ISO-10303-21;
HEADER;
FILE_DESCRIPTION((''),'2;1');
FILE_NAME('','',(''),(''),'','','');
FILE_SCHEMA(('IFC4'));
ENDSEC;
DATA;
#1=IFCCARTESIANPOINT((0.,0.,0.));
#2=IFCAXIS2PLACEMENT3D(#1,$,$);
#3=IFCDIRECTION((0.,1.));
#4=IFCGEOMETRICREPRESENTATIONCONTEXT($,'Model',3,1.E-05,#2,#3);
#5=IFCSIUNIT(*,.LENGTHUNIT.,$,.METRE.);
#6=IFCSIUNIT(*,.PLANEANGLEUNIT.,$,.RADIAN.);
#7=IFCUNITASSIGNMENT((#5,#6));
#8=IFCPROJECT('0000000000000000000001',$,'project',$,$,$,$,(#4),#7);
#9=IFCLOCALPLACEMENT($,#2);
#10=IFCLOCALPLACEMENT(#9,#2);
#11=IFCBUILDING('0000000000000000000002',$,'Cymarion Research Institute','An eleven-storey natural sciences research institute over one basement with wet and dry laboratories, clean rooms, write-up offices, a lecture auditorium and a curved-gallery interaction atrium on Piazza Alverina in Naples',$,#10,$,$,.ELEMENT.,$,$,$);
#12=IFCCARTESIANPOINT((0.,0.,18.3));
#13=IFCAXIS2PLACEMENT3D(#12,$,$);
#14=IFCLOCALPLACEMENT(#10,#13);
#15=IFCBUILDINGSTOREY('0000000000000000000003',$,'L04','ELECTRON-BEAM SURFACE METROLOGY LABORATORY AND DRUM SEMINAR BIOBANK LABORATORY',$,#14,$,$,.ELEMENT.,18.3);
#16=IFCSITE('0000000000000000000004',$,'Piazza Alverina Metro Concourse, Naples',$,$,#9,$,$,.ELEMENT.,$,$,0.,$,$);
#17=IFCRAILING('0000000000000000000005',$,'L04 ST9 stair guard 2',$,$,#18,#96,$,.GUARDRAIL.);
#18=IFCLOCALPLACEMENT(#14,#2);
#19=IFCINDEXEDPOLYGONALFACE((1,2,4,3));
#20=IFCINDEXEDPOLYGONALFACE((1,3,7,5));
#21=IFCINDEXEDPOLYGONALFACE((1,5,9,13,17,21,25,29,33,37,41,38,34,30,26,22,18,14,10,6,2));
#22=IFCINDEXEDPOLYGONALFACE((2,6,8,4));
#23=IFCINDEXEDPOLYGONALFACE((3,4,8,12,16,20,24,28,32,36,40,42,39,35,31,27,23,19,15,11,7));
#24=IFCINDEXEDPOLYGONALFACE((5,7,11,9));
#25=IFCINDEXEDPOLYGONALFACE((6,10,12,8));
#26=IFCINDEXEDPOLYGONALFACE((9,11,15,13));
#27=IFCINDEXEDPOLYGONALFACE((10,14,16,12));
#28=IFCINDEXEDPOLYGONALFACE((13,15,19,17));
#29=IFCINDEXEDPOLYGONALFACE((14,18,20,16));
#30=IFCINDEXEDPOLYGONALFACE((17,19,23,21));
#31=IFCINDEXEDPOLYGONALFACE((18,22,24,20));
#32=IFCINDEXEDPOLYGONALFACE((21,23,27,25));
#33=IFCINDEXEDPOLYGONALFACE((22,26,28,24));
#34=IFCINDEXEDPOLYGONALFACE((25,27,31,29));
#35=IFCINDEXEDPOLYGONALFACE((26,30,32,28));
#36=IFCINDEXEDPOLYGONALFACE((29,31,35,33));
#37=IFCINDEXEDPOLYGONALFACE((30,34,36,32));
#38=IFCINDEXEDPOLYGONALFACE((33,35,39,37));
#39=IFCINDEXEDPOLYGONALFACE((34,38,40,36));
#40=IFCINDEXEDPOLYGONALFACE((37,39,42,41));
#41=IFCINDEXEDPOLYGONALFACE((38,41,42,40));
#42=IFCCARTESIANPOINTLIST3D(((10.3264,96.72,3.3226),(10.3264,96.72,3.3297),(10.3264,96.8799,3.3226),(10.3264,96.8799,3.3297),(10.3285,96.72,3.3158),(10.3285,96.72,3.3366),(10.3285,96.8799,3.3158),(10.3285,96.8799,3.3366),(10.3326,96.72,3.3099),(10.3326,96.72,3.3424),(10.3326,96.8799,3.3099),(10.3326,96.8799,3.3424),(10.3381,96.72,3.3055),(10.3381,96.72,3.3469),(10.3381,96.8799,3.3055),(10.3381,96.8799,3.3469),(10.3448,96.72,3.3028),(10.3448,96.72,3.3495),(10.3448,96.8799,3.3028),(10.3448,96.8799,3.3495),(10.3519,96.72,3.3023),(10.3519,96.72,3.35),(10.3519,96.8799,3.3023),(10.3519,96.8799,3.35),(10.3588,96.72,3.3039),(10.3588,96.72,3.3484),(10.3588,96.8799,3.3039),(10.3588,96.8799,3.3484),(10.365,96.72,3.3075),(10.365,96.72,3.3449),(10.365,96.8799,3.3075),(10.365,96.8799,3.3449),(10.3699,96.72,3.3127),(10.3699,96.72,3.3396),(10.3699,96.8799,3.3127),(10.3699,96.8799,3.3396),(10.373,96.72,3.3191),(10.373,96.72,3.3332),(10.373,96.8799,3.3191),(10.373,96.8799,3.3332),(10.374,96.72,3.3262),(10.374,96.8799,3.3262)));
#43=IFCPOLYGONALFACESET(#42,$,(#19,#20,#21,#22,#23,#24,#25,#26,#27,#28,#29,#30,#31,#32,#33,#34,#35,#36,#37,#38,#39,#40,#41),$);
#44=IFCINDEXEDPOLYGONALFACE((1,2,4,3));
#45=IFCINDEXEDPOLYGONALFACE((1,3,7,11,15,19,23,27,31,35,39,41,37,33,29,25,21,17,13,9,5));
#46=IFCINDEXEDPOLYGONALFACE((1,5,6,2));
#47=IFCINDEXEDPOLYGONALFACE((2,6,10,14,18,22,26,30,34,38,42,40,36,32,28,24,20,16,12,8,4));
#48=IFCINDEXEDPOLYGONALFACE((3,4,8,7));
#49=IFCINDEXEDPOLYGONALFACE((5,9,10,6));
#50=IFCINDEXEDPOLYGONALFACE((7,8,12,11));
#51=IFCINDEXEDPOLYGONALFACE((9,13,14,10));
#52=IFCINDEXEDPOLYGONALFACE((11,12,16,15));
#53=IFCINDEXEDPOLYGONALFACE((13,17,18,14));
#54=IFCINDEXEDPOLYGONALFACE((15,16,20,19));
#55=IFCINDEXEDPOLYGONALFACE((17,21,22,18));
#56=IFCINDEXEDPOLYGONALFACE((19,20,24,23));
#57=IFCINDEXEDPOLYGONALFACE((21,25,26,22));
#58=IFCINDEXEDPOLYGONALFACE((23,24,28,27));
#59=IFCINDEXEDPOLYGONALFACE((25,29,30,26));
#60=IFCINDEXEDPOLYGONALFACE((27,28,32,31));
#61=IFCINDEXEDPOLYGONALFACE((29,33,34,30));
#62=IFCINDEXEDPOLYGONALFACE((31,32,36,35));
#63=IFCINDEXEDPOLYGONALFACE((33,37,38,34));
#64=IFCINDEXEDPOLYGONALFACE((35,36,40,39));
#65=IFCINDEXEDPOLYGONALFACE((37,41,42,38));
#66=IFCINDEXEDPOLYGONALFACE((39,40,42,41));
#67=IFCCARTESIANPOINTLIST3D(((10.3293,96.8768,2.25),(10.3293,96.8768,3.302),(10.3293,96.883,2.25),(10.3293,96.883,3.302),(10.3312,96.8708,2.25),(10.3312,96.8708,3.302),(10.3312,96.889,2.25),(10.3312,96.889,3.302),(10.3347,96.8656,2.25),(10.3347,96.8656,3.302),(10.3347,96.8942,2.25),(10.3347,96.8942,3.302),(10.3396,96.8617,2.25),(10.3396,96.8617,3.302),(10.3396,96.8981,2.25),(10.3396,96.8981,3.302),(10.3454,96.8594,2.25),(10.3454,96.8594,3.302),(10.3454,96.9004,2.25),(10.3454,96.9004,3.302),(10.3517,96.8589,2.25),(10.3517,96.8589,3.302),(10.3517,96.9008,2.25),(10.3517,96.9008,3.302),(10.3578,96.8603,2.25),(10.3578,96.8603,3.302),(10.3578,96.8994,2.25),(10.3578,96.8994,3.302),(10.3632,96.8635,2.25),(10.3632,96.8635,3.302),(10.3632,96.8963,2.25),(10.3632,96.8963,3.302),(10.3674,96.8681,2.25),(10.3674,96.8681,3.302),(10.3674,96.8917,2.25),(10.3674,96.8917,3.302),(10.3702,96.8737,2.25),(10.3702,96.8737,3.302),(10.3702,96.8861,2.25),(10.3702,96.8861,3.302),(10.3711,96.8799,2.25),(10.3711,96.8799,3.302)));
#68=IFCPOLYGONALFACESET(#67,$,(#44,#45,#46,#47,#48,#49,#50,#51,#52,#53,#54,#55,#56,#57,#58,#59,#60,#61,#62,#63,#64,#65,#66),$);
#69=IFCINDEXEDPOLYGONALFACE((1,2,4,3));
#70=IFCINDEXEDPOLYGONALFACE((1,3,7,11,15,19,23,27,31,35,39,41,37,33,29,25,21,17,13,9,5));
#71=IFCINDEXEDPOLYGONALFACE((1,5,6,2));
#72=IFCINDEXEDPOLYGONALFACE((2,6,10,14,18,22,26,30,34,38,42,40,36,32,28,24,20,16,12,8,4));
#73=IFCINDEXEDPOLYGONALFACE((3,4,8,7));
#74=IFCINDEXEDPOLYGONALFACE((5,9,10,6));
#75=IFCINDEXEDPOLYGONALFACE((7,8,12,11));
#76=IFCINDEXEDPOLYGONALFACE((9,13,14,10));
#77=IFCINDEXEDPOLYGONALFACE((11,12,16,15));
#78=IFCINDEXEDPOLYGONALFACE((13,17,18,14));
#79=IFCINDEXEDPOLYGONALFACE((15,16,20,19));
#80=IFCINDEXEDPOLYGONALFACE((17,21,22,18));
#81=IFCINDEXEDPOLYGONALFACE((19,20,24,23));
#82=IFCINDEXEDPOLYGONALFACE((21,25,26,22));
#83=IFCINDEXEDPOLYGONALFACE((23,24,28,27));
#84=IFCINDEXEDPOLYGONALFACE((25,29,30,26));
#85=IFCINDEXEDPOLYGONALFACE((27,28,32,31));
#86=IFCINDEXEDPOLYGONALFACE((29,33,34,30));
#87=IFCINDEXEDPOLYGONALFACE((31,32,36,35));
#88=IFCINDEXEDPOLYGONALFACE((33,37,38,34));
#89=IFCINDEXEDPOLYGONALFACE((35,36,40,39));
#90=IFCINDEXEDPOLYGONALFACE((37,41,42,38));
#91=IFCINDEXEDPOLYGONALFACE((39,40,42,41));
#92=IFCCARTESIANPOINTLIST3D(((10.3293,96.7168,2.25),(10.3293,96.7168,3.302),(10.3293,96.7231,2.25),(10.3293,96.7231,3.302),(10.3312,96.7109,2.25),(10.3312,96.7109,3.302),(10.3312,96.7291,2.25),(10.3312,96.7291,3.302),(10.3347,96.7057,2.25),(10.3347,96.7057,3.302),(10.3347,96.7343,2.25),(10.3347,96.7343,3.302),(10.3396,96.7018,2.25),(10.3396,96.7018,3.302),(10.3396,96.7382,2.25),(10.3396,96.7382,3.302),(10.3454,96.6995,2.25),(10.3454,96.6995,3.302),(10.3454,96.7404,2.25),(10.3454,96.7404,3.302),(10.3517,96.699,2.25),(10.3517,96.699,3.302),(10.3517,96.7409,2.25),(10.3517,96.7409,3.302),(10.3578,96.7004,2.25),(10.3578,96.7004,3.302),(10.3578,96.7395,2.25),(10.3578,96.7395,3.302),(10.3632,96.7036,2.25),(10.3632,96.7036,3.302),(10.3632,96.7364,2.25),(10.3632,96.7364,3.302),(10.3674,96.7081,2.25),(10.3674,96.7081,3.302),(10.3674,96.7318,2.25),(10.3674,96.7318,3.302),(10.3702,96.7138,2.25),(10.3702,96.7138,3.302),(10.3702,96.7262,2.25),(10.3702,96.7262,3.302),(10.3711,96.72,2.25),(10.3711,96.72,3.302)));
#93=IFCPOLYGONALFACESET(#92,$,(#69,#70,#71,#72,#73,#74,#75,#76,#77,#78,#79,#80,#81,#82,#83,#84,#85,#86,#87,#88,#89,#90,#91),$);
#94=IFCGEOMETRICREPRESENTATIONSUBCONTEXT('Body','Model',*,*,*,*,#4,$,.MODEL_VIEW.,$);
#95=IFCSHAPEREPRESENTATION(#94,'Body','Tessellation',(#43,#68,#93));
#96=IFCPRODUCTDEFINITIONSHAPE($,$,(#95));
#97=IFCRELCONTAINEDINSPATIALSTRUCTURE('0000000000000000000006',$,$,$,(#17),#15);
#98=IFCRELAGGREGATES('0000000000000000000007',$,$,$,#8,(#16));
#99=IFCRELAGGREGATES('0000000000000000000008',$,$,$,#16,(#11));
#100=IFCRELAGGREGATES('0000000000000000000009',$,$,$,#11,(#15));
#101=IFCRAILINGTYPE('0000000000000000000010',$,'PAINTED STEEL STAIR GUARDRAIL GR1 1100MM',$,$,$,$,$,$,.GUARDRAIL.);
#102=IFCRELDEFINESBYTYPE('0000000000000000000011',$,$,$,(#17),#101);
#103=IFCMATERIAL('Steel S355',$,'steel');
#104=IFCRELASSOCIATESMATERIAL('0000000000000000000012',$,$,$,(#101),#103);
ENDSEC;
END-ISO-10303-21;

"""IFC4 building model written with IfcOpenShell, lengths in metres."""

from ifc_helpers import new_model, si_unit, direction, frame, origin, origin_2d, place, context, subcontext, project, spatial, circle, extrude, material, type_object, element, save


model = new_model("IFC4")

# Units and contexts
model_context = context("Model", 3, precision=1e-05, world=origin(), true_north=direction((0.0, 1.0)))
body_context = subcontext(model_context, "Body", "Model", "MODEL_VIEW")
ifc_project = project(units=[si_unit("LENGTHUNIT", "METRE"), si_unit("PLANEANGLEUNIT", "RADIAN")], contexts=[model_context])

# Site, building, storey
site_placement = place(None, origin())
site = spatial("IfcSite", under=ifc_project, at=site_placement, Name="Piazza Alverina Metro Concourse, Naples", CompositionType="ELEMENT", RefElevation=0.0)
building_placement = place(site_placement, origin())
building = spatial("IfcBuilding", under=site, at=building_placement, Name="Cymarion Research Institute", Description="An eleven-storey natural sciences research institute over one basement with wet and dry laboratories, clean rooms, write-up offices, a lecture auditorium and a curved-gallery interaction atrium on Piazza Alverina in Naples", CompositionType="ELEMENT")
storey_placement = place(building_placement, frame((0.0, 0.0, 18.3)))
storey = spatial("IfcBuildingStorey", under=building, at=storey_placement, Name="L04", Description="ELECTRON-BEAM SURFACE METROLOGY LABORATORY AND DRUM SEMINAR BIOBANK LABORATORY", CompositionType="ELEMENT", Elevation=18.3)

# Railing
ifc_material_1 = material(Name="Steel S355", Category="steel")
railing_type_1 = type_object("IfcRailingType", Name="PAINTED STEEL STAIR GUARDRAIL GR1 1100MM", PredefinedType="GUARDRAIL", material=ifc_material_1)
railing_1_placement = place(storey_placement, frame((10.3501, 96.8799, 2.25)))
element("IfcRailing", 1, at=railing_1_placement, inside=storey, type_object=railing_type_1, Name="L04 ST9 stair guard 2", PredefinedType="GUARDRAIL", context=body_context, shape_type="SweptSolid", body=[
    extrude(circle(Radius=0.0239, at=origin_2d()), frame((0.0, 0.0, 1.0762), z_axis=(0.0, -1.0, 0.0), x_axis=(1.0, 0.0, 0.0)), (0.0, 0.0, 1.0), 0.1599),
    extrude(circle(Radius=0.021, at=origin_2d()), origin(), (0.0, 0.0, 1.0), 1.052),
    extrude(circle(Radius=0.021, at=origin_2d()), frame((0.0, -0.1599, 0.0)), (0.0, 0.0, 1.0), 1.052),
])

save(model, "model.ifc")
